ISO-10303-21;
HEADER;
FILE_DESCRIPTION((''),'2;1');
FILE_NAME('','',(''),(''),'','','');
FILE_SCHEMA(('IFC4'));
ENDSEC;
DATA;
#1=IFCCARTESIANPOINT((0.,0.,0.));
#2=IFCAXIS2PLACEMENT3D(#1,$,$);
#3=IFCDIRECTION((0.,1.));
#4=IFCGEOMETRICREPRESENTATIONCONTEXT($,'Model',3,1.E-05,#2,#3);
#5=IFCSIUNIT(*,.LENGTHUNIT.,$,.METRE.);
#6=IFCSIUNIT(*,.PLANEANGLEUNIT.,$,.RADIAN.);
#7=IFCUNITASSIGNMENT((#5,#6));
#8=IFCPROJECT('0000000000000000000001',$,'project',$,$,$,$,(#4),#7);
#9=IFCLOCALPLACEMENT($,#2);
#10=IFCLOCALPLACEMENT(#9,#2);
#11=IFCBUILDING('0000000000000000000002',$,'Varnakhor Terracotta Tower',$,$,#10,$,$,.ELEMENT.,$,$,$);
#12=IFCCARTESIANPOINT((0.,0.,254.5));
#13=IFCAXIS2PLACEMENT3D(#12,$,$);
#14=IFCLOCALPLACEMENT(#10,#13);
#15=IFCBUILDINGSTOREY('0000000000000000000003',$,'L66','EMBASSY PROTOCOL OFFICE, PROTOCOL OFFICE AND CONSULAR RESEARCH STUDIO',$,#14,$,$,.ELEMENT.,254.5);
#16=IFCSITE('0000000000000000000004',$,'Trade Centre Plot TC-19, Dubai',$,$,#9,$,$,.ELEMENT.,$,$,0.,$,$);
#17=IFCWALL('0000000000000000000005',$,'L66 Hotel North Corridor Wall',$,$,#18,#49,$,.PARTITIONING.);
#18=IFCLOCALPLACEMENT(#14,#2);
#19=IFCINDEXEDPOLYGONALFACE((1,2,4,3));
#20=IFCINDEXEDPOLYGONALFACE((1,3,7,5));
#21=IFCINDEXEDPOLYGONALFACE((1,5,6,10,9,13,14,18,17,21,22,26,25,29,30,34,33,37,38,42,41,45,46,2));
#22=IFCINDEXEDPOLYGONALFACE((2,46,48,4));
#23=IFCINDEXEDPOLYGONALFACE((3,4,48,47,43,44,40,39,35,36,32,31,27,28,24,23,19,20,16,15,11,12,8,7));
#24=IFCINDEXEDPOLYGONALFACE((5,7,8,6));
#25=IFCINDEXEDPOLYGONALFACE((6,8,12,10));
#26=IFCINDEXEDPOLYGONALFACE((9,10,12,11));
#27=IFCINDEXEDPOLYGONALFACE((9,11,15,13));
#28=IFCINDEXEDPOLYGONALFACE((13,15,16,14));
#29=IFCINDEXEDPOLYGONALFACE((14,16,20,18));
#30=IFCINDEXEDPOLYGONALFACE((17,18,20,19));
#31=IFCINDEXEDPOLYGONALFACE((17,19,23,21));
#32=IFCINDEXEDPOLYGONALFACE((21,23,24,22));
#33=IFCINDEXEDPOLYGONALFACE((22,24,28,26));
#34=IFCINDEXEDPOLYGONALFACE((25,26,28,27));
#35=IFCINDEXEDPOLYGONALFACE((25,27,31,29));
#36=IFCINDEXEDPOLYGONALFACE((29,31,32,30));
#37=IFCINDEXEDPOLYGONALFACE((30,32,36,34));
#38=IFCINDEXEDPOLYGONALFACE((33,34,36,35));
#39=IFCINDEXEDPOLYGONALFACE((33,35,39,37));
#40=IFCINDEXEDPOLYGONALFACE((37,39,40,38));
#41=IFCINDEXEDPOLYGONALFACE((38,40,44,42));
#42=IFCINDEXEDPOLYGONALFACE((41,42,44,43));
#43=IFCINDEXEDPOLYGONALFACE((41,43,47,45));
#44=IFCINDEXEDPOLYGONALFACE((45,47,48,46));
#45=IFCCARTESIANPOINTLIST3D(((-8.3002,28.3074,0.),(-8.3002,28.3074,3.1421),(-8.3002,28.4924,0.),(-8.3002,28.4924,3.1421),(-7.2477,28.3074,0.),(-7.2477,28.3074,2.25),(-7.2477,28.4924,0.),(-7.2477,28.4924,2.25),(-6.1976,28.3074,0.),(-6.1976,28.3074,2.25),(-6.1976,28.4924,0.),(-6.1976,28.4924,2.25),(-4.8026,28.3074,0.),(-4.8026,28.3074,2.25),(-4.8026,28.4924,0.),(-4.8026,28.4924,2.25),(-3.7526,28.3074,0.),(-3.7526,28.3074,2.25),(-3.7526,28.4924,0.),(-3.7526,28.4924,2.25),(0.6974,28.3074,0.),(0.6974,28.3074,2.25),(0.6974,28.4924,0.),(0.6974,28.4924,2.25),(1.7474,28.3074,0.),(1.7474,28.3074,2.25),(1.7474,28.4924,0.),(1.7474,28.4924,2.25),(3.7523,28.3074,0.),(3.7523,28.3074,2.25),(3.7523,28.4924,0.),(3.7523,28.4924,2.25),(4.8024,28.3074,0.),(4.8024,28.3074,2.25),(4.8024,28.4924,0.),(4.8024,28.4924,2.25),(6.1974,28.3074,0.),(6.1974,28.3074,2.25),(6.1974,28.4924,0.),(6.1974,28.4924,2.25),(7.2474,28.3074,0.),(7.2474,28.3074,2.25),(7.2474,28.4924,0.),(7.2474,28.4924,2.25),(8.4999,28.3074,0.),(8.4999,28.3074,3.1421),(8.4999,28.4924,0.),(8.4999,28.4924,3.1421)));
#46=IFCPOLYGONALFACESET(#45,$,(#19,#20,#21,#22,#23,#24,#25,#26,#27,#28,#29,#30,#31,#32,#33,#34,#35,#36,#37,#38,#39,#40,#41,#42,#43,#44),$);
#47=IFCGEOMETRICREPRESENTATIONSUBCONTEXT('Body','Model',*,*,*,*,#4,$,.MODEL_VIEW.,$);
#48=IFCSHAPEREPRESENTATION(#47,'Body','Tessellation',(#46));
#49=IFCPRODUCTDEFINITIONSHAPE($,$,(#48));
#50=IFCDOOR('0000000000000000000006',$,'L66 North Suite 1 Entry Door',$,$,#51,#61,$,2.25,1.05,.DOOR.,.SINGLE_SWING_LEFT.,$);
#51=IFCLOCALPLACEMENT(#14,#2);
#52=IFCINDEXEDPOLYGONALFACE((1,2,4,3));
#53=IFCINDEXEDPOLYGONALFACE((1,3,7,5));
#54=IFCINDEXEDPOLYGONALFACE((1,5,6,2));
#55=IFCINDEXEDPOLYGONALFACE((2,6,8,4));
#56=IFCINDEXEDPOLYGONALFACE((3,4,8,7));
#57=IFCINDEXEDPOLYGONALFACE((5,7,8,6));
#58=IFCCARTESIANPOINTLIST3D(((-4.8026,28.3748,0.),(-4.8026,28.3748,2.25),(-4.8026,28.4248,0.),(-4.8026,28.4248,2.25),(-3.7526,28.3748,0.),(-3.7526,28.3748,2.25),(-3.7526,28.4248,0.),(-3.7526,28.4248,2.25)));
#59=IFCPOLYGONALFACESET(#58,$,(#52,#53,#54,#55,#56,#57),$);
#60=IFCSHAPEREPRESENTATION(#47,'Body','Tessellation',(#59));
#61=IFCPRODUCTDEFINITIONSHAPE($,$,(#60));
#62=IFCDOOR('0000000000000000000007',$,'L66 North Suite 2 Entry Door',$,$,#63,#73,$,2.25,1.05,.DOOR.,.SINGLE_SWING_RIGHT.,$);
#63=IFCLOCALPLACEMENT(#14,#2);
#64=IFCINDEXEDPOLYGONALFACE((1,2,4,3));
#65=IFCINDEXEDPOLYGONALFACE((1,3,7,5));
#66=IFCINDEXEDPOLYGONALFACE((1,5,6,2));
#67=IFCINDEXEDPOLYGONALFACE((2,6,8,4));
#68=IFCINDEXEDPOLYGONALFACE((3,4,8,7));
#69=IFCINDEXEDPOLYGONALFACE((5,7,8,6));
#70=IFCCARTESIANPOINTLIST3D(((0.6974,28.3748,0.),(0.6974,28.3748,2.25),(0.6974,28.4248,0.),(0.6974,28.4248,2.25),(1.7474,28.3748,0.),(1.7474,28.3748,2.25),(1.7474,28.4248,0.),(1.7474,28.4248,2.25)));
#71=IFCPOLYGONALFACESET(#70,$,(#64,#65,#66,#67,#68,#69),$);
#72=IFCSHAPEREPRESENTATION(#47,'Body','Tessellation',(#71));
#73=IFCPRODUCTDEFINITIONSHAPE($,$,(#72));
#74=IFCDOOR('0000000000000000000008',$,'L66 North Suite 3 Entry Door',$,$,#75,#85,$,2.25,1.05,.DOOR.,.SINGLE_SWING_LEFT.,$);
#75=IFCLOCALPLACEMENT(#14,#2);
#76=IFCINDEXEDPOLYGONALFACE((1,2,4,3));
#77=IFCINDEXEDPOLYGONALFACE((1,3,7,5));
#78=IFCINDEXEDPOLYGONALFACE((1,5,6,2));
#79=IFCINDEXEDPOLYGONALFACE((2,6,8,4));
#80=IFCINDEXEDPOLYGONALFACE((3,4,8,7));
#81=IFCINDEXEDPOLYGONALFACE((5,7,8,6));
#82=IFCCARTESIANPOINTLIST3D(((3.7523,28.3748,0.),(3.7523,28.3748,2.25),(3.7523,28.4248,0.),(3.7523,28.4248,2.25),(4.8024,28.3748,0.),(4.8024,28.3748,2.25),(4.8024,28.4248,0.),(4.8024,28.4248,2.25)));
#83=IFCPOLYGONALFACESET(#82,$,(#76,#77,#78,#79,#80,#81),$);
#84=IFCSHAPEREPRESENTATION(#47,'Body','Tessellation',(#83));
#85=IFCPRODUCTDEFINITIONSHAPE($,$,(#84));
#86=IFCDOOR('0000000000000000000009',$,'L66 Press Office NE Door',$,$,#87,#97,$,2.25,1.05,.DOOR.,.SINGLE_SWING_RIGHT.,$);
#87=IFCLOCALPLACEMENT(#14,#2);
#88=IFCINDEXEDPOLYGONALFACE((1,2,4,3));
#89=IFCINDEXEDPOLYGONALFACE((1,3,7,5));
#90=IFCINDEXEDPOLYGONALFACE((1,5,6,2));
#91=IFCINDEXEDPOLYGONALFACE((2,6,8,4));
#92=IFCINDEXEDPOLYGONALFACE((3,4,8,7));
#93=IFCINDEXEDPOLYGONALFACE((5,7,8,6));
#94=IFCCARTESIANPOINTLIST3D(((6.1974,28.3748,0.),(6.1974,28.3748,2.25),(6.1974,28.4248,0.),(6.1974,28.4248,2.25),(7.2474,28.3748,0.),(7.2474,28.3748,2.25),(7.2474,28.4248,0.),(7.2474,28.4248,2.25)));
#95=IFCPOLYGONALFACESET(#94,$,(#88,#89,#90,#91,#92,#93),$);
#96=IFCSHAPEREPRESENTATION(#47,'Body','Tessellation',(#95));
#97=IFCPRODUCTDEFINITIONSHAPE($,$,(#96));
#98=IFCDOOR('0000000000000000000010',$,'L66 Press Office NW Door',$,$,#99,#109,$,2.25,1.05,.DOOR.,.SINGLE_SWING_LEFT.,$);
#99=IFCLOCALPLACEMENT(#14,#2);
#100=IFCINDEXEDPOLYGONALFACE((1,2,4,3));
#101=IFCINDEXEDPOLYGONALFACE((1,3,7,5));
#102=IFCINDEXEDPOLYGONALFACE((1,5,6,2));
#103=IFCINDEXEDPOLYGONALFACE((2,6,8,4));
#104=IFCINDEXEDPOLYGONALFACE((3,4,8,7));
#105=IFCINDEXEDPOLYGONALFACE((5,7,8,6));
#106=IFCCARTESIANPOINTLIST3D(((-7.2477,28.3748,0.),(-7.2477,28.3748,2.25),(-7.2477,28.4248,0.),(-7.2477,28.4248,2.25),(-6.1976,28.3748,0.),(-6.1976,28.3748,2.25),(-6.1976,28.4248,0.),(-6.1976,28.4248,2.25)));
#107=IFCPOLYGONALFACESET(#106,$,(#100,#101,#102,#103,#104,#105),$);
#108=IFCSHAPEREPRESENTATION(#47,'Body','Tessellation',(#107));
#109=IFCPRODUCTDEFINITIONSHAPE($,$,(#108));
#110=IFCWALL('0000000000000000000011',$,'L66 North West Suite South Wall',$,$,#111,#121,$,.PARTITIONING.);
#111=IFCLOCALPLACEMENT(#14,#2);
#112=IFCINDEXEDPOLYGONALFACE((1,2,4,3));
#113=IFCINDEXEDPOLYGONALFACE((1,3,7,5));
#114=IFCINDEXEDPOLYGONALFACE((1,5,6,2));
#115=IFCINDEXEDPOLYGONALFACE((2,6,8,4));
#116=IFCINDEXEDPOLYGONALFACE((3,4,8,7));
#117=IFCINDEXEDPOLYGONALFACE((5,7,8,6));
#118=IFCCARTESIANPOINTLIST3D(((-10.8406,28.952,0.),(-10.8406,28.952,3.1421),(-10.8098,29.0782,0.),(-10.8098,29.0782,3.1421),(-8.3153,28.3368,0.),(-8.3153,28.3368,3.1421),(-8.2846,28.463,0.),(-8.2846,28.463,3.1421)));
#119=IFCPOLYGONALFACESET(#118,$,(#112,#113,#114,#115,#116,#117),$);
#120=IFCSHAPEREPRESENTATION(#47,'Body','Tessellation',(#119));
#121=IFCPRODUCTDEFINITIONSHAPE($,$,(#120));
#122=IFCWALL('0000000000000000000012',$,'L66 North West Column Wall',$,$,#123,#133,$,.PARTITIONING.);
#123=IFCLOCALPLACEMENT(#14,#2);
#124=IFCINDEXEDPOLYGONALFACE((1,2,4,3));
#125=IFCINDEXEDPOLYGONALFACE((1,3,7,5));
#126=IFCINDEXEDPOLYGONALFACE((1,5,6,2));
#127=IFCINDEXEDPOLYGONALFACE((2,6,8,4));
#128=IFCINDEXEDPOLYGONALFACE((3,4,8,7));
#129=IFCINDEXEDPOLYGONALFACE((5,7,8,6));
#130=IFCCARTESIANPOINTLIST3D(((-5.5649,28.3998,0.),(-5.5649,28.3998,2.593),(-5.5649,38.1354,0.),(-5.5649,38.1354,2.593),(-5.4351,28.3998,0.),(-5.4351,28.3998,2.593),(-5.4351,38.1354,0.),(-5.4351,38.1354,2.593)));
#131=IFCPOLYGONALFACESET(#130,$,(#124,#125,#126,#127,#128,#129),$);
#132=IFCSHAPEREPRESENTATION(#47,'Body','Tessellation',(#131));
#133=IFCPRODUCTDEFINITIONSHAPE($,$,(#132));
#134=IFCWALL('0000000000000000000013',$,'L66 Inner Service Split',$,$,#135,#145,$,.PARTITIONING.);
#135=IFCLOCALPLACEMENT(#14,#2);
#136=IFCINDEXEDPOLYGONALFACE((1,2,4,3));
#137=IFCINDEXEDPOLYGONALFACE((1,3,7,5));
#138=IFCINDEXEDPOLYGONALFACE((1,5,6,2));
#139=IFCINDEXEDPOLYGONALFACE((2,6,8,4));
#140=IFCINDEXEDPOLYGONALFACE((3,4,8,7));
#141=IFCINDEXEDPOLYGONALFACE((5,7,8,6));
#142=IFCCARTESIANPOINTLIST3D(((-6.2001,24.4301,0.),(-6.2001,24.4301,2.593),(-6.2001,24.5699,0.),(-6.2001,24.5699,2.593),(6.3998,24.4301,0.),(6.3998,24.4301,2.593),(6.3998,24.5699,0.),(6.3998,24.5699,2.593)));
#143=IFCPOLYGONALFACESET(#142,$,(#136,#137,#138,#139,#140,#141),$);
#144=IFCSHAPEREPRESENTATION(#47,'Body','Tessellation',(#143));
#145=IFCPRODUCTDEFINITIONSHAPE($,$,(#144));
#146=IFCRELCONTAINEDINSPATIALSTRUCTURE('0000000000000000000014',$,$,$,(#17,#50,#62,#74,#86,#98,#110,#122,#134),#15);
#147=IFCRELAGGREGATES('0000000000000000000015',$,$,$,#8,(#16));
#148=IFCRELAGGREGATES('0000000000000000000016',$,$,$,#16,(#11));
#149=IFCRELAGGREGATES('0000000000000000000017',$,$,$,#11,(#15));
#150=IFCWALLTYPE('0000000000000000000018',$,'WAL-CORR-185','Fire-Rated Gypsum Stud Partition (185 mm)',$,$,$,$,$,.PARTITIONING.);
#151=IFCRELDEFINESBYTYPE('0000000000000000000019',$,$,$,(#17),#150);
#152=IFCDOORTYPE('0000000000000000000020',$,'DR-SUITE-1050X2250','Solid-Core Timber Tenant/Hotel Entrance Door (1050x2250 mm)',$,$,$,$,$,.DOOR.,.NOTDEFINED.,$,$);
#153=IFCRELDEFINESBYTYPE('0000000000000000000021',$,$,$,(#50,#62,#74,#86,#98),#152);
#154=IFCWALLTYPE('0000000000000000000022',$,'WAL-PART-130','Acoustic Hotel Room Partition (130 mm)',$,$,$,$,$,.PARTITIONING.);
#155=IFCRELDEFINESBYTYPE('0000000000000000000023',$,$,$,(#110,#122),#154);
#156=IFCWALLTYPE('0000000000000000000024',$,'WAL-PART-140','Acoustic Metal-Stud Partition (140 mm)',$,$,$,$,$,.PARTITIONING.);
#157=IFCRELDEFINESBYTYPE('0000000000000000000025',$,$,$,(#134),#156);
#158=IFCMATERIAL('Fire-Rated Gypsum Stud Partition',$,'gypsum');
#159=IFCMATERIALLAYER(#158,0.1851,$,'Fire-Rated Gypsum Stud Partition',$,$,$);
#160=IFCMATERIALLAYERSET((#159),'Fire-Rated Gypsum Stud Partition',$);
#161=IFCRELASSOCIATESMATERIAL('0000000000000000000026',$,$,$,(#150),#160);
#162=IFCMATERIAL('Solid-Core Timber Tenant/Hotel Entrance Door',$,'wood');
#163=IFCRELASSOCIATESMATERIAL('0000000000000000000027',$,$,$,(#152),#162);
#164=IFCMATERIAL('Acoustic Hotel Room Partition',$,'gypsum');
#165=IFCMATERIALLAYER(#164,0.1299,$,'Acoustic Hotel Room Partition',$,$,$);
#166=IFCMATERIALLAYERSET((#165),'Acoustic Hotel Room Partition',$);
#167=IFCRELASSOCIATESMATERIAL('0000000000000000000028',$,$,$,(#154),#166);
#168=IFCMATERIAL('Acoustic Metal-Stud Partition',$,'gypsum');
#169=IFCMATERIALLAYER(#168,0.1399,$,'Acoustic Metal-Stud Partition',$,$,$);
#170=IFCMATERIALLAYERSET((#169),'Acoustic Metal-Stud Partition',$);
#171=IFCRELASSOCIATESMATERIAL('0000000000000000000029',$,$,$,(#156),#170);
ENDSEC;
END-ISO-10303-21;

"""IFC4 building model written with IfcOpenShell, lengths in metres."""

from ifc_helpers import new_model, si_unit, direction, frame, frame_2d, origin, place, context, subcontext, project, spatial, rectangle, extrude, source, transform, mapped, material, layer, layer_set, type_object, type_shapes, element, fill, save


model = new_model("IFC4")

# Units and contexts
model_context = context("Model", 3, precision=1e-05, world=origin(), true_north=direction((0.0, 1.0)))
body_context = subcontext(model_context, "Body", "Model", "MODEL_VIEW")
ifc_project = project(units=[si_unit("LENGTHUNIT", "METRE"), si_unit("PLANEANGLEUNIT", "RADIAN")], contexts=[model_context])

# Site, building, storey
site_placement = place(None, origin())
site = spatial("IfcSite", under=ifc_project, at=site_placement, Name="Trade Centre Plot TC-19, Dubai", CompositionType="ELEMENT", RefElevation=0.0)
building_placement = place(site_placement, origin())
building = spatial("IfcBuilding", under=site, at=building_placement, Name="Varnakhor Terracotta Tower", CompositionType="ELEMENT")
storey_placement = place(building_placement, frame((0.0, 0.0, 254.5)))
storey = spatial("IfcBuildingStorey", under=building, at=storey_placement, Name="L66", Description="EMBASSY PROTOCOL OFFICE, PROTOCOL OFFICE AND CONSULAR RESEARCH STUDIO", CompositionType="ELEMENT", Elevation=254.5)

# Shared definitions
ifc_material_1 = material(Name="Fire-Rated Gypsum Stud Partition", Category="gypsum")
ifc_layer_1 = layer(ifc_material_1, 0.1851, Name="Fire-Rated Gypsum Stud Partition")
ifc_layer_set_1 = layer_set([ifc_layer_1], Name="Fire-Rated Gypsum Stud Partition")
wall_type_1 = type_object("IfcWallType", Name="WAL-CORR-185", Description="Fire-Rated Gypsum Stud Partition (185 mm)", PredefinedType="PARTITIONING", material=ifc_layer_set_1)

# Wall, openings, doors
wall_1_placement = place(storey_placement, frame((-8.3, 28.3999, 0.0), z_axis=(0.0, 0.0, 1.0), x_axis=(1.0, 0.0, 0.0)))
wall_1 = element("IfcWall", 1, at=wall_1_placement, inside=storey, type_object=wall_type_1, Name="L66 Hotel North Corridor Wall", PredefinedType="PARTITIONING", context=body_context, shape_type="SweptSolid", body=[
    extrude(rectangle(XDim=16.8, YDim=0.1851, at=frame_2d((8.3999, 0.0))), origin(), (0.0, 0.0, 1.0), 3.1421),
])
opening_1_placement = place(wall_1_placement, frame((3.4976, 0.0, 0.0)))
opening_1 = element("IfcOpeningElement", 2, at=opening_1_placement, cuts=wall_1, PredefinedType="OPENING", context=body_context, shape_type="SweptSolid", body=[
    extrude(rectangle(XDim=1.05, YDim=2.25, at=frame_2d((0.5249, 1.125))), frame((0.0, 0.1025, 0.0), z_axis=(0.0, -1.0, 0.0), x_axis=(1.0, 0.0, 0.0)), (0.0, 0.0, 1.0), 0.2051),
])
opening_2_placement = place(wall_1_placement, frame((8.9976, 0.0, 0.0)))
opening_2 = element("IfcOpeningElement", 3, at=opening_2_placement, cuts=wall_1, PredefinedType="OPENING", context=body_context, shape_type="SweptSolid", body=[
    extrude(rectangle(XDim=1.05, YDim=2.25, at=frame_2d((0.5249, 1.125))), frame((0.0, 0.1025, 0.0), z_axis=(0.0, -1.0, 0.0), x_axis=(1.0, 0.0, 0.0)), (0.0, 0.0, 1.0), 0.2051),
])
opening_3_placement = place(wall_1_placement, frame((12.0525, 0.0, 0.0)))
opening_3 = element("IfcOpeningElement", 4, at=opening_3_placement, cuts=wall_1, PredefinedType="OPENING", context=body_context, shape_type="SweptSolid", body=[
    extrude(rectangle(XDim=1.05, YDim=2.25, at=frame_2d((0.5249, 1.125))), frame((0.0, 0.1025, 0.0), z_axis=(0.0, -1.0, 0.0), x_axis=(1.0, 0.0, 0.0)), (0.0, 0.0, 1.0), 0.2051),
])
opening_4_placement = place(wall_1_placement, frame((14.4976, 0.0, 0.0)))
opening_4 = element("IfcOpeningElement", 5, at=opening_4_placement, cuts=wall_1, PredefinedType="OPENING", context=body_context, shape_type="SweptSolid", body=[
    extrude(rectangle(XDim=1.05, YDim=2.25, at=frame_2d((0.5249, 1.125))), frame((0.0, 0.1025, 0.0), z_axis=(0.0, -1.0, 0.0), x_axis=(1.0, 0.0, 0.0)), (0.0, 0.0, 1.0), 0.2051),
])
opening_5_placement = place(wall_1_placement, frame((1.0525, 0.0, 0.0)))
opening_5 = element("IfcOpeningElement", 6, at=opening_5_placement, cuts=wall_1, PredefinedType="OPENING", context=body_context, shape_type="SweptSolid", body=[
    extrude(rectangle(XDim=1.05, YDim=2.25, at=frame_2d((0.5249, 1.125))), frame((0.0, 0.1025, 0.0), z_axis=(0.0, -1.0, 0.0), x_axis=(1.0, 0.0, 0.0)), (0.0, 0.0, 1.0), 0.2051),
])
ifc_material_2 = material(Name="Solid-Core Timber Tenant/Hotel Entrance Door", Category="wood")
door_type_1 = type_object("IfcDoorType", Name="DR-SUITE-1050X2250", Description="Solid-Core Timber Tenant/Hotel Entrance Door (1050x2250 mm)", OperationType="NOTDEFINED", PredefinedType="DOOR", material=ifc_material_2)
shared_shape_1 = source(origin(), body_context, "Body", "SweptSolid", [
    extrude(rectangle(XDim=1.05, YDim=2.25, at=frame_2d((0.5249, 1.125))), frame((0.0, 0.0249, 0.0), z_axis=(0.0, -1.0, 0.0), x_axis=(1.0, 0.0, 0.0)), (0.0, 0.0, 1.0), 0.05),
])
type_shapes(door_type_1, [shared_shape_1])
door_1_placement = place(opening_1_placement, origin())
door_1 = element("IfcDoor", 7, at=door_1_placement, inside=storey, type_object=door_type_1, Name="L66 North Suite 1 Entry Door", OperationType="SINGLE_SWING_LEFT", OverallHeight=2.25, OverallWidth=1.05, PredefinedType="DOOR", context=body_context, shape_type="MappedRepresentation", body=[
    mapped(shared_shape_1, transform((0.0, 0.0, 0.0), scale=1.0)),
])
fill(opening_1, door_1)
door_2_placement = place(opening_2_placement, origin())
door_2 = element("IfcDoor", 8, at=door_2_placement, inside=storey, type_object=door_type_1, Name="L66 North Suite 2 Entry Door", OperationType="SINGLE_SWING_RIGHT", OverallHeight=2.25, OverallWidth=1.05, PredefinedType="DOOR", context=body_context, shape_type="MappedRepresentation", body=[
    mapped(shared_shape_1, transform((0.0, 0.0, 0.0), scale=1.0)),
])
fill(opening_2, door_2)
door_3_placement = place(opening_3_placement, origin())
door_3 = element("IfcDoor", 9, at=door_3_placement, inside=storey, type_object=door_type_1, Name="L66 North Suite 3 Entry Door", OperationType="SINGLE_SWING_LEFT", OverallHeight=2.25, OverallWidth=1.05, PredefinedType="DOOR", context=body_context, shape_type="MappedRepresentation", body=[
    mapped(shared_shape_1, transform((0.0, 0.0, 0.0), scale=1.0)),
])
fill(opening_3, door_3)
door_4_placement = place(opening_4_placement, origin())
door_4 = element("IfcDoor", 10, at=door_4_placement, inside=storey, type_object=door_type_1, Name="L66 Press Office NE Door", OperationType="SINGLE_SWING_RIGHT", OverallHeight=2.25, OverallWidth=1.05, PredefinedType="DOOR", context=body_context, shape_type="MappedRepresentation", body=[
    mapped(shared_shape_1, transform((0.0, 0.0, 0.0), scale=1.0)),
])
fill(opening_4, door_4)
door_5_placement = place(opening_5_placement, origin())
door_5 = element("IfcDoor", 11, at=door_5_placement, inside=storey, type_object=door_type_1, Name="L66 Press Office NW Door", OperationType="SINGLE_SWING_LEFT", OverallHeight=2.25, OverallWidth=1.05, PredefinedType="DOOR", context=body_context, shape_type="MappedRepresentation", body=[
    mapped(shared_shape_1, transform((0.0, 0.0, 0.0), scale=1.0)),
])
fill(opening_5, door_5)

# Walls
ifc_material_3 = material(Name="Acoustic Hotel Room Partition", Category="gypsum")
ifc_layer_2 = layer(ifc_material_3, 0.1299, Name="Acoustic Hotel Room Partition")
ifc_layer_set_2 = layer_set([ifc_layer_2], Name="Acoustic Hotel Room Partition")
wall_type_2 = type_object("IfcWallType", Name="WAL-PART-130", Description="Acoustic Hotel Room Partition (130 mm)", PredefinedType="PARTITIONING", material=ifc_layer_set_2)
wall_2_placement = place(storey_placement, frame((-10.8252, 29.0151, 0.0), z_axis=(0.0, 0.0, 1.0), x_axis=(0.971578, -0.236718, 0.0)))
element("IfcWall", 12, at=wall_2_placement, inside=storey, type_object=wall_type_2, Name="L66 North West Suite South Wall", PredefinedType="PARTITIONING", context=body_context, shape_type="SweptSolid", body=[
    extrude(rectangle(XDim=2.5991, YDim=0.1299, at=frame_2d((1.2996, 0.0))), origin(), (0.0, 0.0, 1.0), 3.1421),
])
wall_3_placement = place(storey_placement, frame((-5.5, 28.3999, 0.0), z_axis=(0.0, 0.0, 1.0), x_axis=(0.0, 1.0, 0.0)))
element("IfcWall", 13, at=wall_3_placement, inside=storey, type_object=wall_type_2, Name="L66 North West Column Wall", PredefinedType="PARTITIONING", context=body_context, shape_type="SweptSolid", body=[
    extrude(rectangle(XDim=9.7356, YDim=0.1299, at=frame_2d((4.8677, 0.0))), origin(), (0.0, 0.0, 1.0), 2.593),
])
ifc_material_4 = material(Name="Acoustic Metal-Stud Partition", Category="gypsum")
ifc_layer_3 = layer(ifc_material_4, 0.1399, Name="Acoustic Metal-Stud Partition")
ifc_layer_set_3 = layer_set([ifc_layer_3], Name="Acoustic Metal-Stud Partition")
wall_type_3 = type_object("IfcWallType", Name="WAL-PART-140", Description="Acoustic Metal-Stud Partition (140 mm)", PredefinedType="PARTITIONING", material=ifc_layer_set_3)
wall_4_placement = place(storey_placement, frame((-6.2, 24.5, 0.0), z_axis=(0.0, 0.0, 1.0), x_axis=(1.0, 0.0, 0.0)))
element("IfcWall", 14, at=wall_4_placement, inside=storey, type_object=wall_type_3, Name="L66 Inner Service Split", PredefinedType="PARTITIONING", context=body_context, shape_type="SweptSolid", body=[
    extrude(rectangle(XDim=12.5999, YDim=0.1399, at=frame_2d((6.2998, 0.0))), origin(), (0.0, 0.0, 1.0), 2.593),
])

save(model, "model.ifc")
